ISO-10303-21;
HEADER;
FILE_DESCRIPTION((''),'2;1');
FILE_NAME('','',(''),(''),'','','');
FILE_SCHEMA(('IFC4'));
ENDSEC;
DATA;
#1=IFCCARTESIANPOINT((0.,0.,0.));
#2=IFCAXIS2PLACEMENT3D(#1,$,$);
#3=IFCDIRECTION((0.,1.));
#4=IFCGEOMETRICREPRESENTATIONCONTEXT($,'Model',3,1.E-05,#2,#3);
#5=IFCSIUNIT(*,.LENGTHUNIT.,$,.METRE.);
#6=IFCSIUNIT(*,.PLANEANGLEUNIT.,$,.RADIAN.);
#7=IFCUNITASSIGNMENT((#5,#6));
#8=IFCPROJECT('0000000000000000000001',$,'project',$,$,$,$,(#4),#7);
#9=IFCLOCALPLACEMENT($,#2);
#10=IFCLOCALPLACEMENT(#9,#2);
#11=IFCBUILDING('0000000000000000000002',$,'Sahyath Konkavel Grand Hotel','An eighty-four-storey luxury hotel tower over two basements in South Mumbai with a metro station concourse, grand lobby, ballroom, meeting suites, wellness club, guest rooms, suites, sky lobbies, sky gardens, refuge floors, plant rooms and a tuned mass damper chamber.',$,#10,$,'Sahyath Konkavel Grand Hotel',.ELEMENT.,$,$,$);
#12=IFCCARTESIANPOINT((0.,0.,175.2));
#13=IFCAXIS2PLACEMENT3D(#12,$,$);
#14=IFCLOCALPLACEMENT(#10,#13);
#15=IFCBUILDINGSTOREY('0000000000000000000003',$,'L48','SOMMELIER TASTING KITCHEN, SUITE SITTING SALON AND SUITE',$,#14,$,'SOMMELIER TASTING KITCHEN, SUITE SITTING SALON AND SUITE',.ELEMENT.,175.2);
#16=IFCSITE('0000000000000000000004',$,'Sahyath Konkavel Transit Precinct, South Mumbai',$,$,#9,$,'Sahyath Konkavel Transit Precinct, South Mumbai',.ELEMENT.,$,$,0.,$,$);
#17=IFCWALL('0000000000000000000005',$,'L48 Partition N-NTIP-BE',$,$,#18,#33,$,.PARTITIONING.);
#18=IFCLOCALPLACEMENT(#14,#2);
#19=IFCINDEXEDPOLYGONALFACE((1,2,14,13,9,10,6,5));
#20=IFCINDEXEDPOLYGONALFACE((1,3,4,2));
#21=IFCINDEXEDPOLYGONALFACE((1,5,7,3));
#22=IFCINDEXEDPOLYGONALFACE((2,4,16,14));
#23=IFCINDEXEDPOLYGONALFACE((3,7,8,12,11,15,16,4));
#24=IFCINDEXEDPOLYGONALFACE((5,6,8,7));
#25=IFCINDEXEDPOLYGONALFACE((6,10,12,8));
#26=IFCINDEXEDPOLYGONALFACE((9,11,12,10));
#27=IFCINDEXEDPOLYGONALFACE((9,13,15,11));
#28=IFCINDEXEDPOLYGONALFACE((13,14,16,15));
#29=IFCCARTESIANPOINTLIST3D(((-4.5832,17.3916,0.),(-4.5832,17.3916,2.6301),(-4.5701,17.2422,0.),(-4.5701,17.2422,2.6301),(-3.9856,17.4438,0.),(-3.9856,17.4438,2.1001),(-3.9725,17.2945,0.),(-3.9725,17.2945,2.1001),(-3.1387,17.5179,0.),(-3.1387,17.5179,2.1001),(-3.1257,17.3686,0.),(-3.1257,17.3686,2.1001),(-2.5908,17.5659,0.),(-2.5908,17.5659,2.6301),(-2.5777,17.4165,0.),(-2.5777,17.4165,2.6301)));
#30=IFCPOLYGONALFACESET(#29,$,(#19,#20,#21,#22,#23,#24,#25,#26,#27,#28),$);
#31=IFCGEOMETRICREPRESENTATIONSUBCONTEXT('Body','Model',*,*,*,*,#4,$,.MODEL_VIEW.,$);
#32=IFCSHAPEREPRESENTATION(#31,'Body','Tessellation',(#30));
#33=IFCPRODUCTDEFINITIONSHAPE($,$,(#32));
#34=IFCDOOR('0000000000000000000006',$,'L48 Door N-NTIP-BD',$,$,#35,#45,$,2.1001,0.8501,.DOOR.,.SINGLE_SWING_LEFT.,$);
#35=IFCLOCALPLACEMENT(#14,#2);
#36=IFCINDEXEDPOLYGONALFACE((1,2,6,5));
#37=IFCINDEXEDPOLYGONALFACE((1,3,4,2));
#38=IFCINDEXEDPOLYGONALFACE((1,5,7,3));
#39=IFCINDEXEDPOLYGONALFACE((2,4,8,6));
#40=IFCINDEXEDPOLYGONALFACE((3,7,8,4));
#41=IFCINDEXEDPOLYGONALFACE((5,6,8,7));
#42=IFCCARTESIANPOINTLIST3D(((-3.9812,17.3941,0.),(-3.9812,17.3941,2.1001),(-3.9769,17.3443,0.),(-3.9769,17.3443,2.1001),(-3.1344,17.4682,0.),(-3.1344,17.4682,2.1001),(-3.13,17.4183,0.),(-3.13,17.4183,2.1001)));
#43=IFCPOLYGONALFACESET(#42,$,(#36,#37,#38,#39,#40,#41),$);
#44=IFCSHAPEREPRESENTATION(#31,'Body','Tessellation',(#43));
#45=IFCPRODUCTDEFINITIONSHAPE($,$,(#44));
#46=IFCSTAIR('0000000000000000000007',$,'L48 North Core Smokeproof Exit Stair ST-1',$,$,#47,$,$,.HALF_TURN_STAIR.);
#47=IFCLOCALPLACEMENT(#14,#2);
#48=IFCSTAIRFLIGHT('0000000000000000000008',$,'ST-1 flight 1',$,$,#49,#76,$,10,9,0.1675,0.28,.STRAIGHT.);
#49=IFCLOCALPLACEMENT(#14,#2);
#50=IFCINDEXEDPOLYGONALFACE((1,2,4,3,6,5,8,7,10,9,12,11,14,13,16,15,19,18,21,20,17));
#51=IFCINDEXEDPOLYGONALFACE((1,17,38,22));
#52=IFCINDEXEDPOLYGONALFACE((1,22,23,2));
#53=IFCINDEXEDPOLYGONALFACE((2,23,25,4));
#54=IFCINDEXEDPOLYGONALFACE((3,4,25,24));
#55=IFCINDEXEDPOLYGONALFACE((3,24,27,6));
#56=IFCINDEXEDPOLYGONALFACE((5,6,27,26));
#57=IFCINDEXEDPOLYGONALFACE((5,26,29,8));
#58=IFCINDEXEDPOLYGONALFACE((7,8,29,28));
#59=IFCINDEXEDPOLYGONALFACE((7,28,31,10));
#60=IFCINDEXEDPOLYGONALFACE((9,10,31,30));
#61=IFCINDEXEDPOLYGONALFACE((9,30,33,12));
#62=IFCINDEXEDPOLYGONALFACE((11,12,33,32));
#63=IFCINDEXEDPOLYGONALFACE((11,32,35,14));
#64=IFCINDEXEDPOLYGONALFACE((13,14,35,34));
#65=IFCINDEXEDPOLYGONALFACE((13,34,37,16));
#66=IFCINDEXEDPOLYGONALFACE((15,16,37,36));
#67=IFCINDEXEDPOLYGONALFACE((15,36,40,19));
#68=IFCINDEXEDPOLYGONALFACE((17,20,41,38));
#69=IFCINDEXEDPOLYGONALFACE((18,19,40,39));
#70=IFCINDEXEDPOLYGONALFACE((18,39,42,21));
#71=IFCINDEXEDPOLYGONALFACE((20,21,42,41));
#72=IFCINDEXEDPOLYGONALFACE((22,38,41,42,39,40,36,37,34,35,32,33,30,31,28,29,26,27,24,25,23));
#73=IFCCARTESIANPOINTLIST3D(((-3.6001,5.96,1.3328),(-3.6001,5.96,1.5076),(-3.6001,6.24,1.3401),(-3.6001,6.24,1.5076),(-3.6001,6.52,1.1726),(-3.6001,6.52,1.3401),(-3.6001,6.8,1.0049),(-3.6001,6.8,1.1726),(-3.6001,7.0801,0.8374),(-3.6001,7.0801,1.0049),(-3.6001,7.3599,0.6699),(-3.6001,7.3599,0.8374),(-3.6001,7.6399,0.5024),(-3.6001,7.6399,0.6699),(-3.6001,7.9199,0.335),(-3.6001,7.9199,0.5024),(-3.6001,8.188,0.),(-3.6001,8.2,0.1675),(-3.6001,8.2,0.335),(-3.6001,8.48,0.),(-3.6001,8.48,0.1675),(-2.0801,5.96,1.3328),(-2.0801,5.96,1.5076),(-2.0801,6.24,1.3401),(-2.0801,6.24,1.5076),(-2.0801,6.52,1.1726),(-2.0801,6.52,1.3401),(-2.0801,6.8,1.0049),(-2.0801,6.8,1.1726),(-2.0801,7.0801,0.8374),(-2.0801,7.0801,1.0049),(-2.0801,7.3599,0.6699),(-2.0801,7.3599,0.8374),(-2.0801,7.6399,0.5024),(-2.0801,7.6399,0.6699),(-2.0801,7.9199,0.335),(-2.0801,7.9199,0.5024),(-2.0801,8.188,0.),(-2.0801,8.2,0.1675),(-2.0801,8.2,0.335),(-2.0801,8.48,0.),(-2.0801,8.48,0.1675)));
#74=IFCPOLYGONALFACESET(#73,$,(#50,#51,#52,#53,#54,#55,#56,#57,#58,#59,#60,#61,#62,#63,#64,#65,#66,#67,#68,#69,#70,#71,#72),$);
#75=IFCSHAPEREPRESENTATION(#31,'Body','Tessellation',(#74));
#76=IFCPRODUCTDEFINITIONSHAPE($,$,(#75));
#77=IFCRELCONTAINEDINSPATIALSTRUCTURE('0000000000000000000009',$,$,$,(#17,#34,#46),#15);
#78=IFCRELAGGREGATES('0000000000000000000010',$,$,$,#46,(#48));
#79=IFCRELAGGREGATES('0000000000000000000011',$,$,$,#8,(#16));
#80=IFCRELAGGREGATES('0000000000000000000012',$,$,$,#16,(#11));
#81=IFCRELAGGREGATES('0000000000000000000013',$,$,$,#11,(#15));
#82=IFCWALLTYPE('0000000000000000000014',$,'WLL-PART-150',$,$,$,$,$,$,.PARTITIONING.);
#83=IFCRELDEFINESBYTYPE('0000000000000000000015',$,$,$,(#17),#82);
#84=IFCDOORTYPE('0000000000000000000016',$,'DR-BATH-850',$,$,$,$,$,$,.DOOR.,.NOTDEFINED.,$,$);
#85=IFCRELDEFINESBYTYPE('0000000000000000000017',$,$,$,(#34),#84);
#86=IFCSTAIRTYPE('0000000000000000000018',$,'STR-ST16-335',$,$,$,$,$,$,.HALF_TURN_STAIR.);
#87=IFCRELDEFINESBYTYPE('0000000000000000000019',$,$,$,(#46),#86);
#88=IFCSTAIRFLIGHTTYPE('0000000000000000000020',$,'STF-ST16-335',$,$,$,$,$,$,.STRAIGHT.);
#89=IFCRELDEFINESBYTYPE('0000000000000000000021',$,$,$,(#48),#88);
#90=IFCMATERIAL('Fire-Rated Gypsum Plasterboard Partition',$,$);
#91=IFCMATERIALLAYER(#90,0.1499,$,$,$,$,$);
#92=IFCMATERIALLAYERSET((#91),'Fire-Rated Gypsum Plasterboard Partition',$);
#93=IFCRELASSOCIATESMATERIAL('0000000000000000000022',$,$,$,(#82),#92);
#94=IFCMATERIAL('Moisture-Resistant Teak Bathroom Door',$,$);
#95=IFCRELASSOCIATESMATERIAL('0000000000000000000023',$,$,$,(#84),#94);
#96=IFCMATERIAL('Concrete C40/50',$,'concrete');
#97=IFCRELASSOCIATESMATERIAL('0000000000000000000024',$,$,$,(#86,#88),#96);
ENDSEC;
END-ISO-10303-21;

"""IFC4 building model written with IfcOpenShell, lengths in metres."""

from ifc_helpers import new_model, si_unit, direction, frame, frame_2d, origin, origin_2d, place, context, subcontext, project, spatial, polyline, rectangle, outline, extrude, source, transform, mapped, material, layer, layer_set, type_object, element, fill, aggregate, save


model = new_model("IFC4")

# Units and contexts
model_context = context("Model", 3, precision=1e-05, world=origin(), true_north=direction((0.0, 1.0)))
body_context = subcontext(model_context, "Body", "Model", "MODEL_VIEW")
ifc_project = project(units=[si_unit("LENGTHUNIT", "METRE"), si_unit("PLANEANGLEUNIT", "RADIAN")], contexts=[model_context])

# Site, building, storey
site_placement = place(None, origin())
site = spatial("IfcSite", under=ifc_project, at=site_placement, Name="Sahyath Konkavel Transit Precinct, South Mumbai", LongName="Sahyath Konkavel Transit Precinct, South Mumbai", CompositionType="ELEMENT", RefElevation=0.0)
building_placement = place(site_placement, origin())
building = spatial("IfcBuilding", under=site, at=building_placement, Name="Sahyath Konkavel Grand Hotel", Description="An eighty-four-storey luxury hotel tower over two basements in South Mumbai with a metro station concourse, grand lobby, ballroom, meeting suites, wellness club, guest rooms, suites, sky lobbies, sky gardens, refuge floors, plant rooms and a tuned mass damper chamber.", LongName="Sahyath Konkavel Grand Hotel", CompositionType="ELEMENT")
storey_placement = place(building_placement, frame((0.0, 0.0, 175.2)))
storey = spatial("IfcBuildingStorey", under=building, at=storey_placement, Name="L48", Description="SOMMELIER TASTING KITCHEN, SUITE SITTING SALON AND SUITE", LongName="SOMMELIER TASTING KITCHEN, SUITE SITTING SALON AND SUITE", CompositionType="ELEMENT", Elevation=175.2)

# Shared definitions
ifc_material_1 = material(Name="Fire-Rated Gypsum Plasterboard Partition")
ifc_layer_1 = layer(ifc_material_1, 0.1499)
ifc_layer_set_1 = layer_set([ifc_layer_1], Name="Fire-Rated Gypsum Plasterboard Partition")
wall_type_1 = type_object("IfcWallType", Name="WLL-PART-150", PredefinedType="PARTITIONING", material=ifc_layer_set_1)

# Wall, opening, door
wall_1_placement = place(storey_placement, frame((-2.5842, 17.4912, 0.0), z_axis=(0.0, 0.0, 1.0), x_axis=(-0.996195, -0.087156, 0.0)))
wall_1 = element("IfcWall", 1, at=wall_1_placement, inside=storey, type_object=wall_type_1, Name="L48 Partition N-NTIP-BE", PredefinedType="PARTITIONING", context=body_context, shape_type="SweptSolid", body=[
    extrude(rectangle(XDim=2.0, YDim=0.1499, at=frame_2d((1.0, 0.0))), origin(), (0.0, 0.0, 1.0), 2.6301),
])
opening_placement = place(wall_1_placement, frame((0.55, 0.0, 0.0)))
opening = element("IfcOpeningElement", 2, at=opening_placement, cuts=wall_1, PredefinedType="OPENING", context=body_context, shape_type="SweptSolid", body=[
    extrude(rectangle(XDim=0.8501, YDim=2.1001, at=frame_2d((0.425, 1.05))), frame((0.0, 0.085, 0.0), z_axis=(0.0, -1.0, 0.0), x_axis=(1.0, 0.0, 0.0)), (0.0, 0.0, 1.0), 0.1699),
])
ifc_material_2 = material(Name="Moisture-Resistant Teak Bathroom Door")
door_type = type_object("IfcDoorType", Name="DR-BATH-850", OperationType="NOTDEFINED", PredefinedType="DOOR", material=ifc_material_2)
shared_shape_1 = source(origin(), body_context, "Body", "SweptSolid", [
    extrude(rectangle(XDim=0.8501, YDim=0.05, at=origin_2d()), origin(), (0.0, 0.0, 1.0), 2.1001),
])
door_placement = place(opening_placement, frame((0.425, 0.0, 0.0)))
door = element("IfcDoor", 3, at=door_placement, inside=storey, type_object=door_type, Name="L48 Door N-NTIP-BD", OperationType="SINGLE_SWING_LEFT", OverallHeight=2.1001, OverallWidth=0.8501, PredefinedType="DOOR", context=body_context, shape_type="MappedRepresentation", body=[
    mapped(shared_shape_1, transform((0.0, 0.0, 0.0), scale=1.0)),
])
fill(opening, door)

# Stair, stair flight
ifc_material_3 = material(Name="Concrete C40/50", Category="concrete")
stair_type = type_object("IfcStairType", Name="STR-ST16-335", PredefinedType="HALF_TURN_STAIR", material=ifc_material_3)
stair_placement = place(storey_placement, origin())
stair = element("IfcStair", 4, at=stair_placement, inside=storey, type_object=stair_type, Name="L48 North Core Smokeproof Exit Stair ST-1", PredefinedType="HALF_TURN_STAIR")
stair_flight_type = type_object("IfcStairFlightType", Name="STF-ST16-335", PredefinedType="STRAIGHT", material=ifc_material_3)
stair_flight_placement = place(storey_placement, frame((-2.8401, 8.48, 0.0), z_axis=(0.0, 0.0, 1.0), x_axis=(0.0, -1.0, 0.0)))
stair_flight = element("IfcStairFlight", 5, at=stair_flight_placement, type_object=stair_flight_type, Name="ST-1 flight 1", NumberOfRisers=10, NumberOfTreads=9, PredefinedType="STRAIGHT", RiserHeight=0.1675, TreadLength=0.28, context=body_context, shape_type="SweptSolid", body=[
    extrude(outline(polyline([(0.0, 0.0), (0.0, 0.1675), (0.28, 0.1675), (0.28, 0.335), (0.5601, 0.335), (0.5601, 0.5024), (0.8401, 0.5024), (0.8401, 0.6699), (1.1201, 0.6699), (1.1201, 0.8374), (1.3999, 0.8374), (1.3999, 1.0049), (1.6799, 1.0049), (1.6799, 1.1726), (1.96, 1.1726), (1.96, 1.3401), (2.24, 1.3401), (2.24, 1.5076), (2.52, 1.5076), (2.52, 1.675), (2.52, 1.3328), (0.292, 0.0), (0.0, 0.0)])), frame((0.0, 0.76, 0.0), z_axis=(0.0, -1.0, 0.0), x_axis=(1.0, 0.0, 0.0)), (0.0, 0.0, 1.0), 1.52),
])
aggregate(stair, [stair_flight])

save(model, "model.ifc")
